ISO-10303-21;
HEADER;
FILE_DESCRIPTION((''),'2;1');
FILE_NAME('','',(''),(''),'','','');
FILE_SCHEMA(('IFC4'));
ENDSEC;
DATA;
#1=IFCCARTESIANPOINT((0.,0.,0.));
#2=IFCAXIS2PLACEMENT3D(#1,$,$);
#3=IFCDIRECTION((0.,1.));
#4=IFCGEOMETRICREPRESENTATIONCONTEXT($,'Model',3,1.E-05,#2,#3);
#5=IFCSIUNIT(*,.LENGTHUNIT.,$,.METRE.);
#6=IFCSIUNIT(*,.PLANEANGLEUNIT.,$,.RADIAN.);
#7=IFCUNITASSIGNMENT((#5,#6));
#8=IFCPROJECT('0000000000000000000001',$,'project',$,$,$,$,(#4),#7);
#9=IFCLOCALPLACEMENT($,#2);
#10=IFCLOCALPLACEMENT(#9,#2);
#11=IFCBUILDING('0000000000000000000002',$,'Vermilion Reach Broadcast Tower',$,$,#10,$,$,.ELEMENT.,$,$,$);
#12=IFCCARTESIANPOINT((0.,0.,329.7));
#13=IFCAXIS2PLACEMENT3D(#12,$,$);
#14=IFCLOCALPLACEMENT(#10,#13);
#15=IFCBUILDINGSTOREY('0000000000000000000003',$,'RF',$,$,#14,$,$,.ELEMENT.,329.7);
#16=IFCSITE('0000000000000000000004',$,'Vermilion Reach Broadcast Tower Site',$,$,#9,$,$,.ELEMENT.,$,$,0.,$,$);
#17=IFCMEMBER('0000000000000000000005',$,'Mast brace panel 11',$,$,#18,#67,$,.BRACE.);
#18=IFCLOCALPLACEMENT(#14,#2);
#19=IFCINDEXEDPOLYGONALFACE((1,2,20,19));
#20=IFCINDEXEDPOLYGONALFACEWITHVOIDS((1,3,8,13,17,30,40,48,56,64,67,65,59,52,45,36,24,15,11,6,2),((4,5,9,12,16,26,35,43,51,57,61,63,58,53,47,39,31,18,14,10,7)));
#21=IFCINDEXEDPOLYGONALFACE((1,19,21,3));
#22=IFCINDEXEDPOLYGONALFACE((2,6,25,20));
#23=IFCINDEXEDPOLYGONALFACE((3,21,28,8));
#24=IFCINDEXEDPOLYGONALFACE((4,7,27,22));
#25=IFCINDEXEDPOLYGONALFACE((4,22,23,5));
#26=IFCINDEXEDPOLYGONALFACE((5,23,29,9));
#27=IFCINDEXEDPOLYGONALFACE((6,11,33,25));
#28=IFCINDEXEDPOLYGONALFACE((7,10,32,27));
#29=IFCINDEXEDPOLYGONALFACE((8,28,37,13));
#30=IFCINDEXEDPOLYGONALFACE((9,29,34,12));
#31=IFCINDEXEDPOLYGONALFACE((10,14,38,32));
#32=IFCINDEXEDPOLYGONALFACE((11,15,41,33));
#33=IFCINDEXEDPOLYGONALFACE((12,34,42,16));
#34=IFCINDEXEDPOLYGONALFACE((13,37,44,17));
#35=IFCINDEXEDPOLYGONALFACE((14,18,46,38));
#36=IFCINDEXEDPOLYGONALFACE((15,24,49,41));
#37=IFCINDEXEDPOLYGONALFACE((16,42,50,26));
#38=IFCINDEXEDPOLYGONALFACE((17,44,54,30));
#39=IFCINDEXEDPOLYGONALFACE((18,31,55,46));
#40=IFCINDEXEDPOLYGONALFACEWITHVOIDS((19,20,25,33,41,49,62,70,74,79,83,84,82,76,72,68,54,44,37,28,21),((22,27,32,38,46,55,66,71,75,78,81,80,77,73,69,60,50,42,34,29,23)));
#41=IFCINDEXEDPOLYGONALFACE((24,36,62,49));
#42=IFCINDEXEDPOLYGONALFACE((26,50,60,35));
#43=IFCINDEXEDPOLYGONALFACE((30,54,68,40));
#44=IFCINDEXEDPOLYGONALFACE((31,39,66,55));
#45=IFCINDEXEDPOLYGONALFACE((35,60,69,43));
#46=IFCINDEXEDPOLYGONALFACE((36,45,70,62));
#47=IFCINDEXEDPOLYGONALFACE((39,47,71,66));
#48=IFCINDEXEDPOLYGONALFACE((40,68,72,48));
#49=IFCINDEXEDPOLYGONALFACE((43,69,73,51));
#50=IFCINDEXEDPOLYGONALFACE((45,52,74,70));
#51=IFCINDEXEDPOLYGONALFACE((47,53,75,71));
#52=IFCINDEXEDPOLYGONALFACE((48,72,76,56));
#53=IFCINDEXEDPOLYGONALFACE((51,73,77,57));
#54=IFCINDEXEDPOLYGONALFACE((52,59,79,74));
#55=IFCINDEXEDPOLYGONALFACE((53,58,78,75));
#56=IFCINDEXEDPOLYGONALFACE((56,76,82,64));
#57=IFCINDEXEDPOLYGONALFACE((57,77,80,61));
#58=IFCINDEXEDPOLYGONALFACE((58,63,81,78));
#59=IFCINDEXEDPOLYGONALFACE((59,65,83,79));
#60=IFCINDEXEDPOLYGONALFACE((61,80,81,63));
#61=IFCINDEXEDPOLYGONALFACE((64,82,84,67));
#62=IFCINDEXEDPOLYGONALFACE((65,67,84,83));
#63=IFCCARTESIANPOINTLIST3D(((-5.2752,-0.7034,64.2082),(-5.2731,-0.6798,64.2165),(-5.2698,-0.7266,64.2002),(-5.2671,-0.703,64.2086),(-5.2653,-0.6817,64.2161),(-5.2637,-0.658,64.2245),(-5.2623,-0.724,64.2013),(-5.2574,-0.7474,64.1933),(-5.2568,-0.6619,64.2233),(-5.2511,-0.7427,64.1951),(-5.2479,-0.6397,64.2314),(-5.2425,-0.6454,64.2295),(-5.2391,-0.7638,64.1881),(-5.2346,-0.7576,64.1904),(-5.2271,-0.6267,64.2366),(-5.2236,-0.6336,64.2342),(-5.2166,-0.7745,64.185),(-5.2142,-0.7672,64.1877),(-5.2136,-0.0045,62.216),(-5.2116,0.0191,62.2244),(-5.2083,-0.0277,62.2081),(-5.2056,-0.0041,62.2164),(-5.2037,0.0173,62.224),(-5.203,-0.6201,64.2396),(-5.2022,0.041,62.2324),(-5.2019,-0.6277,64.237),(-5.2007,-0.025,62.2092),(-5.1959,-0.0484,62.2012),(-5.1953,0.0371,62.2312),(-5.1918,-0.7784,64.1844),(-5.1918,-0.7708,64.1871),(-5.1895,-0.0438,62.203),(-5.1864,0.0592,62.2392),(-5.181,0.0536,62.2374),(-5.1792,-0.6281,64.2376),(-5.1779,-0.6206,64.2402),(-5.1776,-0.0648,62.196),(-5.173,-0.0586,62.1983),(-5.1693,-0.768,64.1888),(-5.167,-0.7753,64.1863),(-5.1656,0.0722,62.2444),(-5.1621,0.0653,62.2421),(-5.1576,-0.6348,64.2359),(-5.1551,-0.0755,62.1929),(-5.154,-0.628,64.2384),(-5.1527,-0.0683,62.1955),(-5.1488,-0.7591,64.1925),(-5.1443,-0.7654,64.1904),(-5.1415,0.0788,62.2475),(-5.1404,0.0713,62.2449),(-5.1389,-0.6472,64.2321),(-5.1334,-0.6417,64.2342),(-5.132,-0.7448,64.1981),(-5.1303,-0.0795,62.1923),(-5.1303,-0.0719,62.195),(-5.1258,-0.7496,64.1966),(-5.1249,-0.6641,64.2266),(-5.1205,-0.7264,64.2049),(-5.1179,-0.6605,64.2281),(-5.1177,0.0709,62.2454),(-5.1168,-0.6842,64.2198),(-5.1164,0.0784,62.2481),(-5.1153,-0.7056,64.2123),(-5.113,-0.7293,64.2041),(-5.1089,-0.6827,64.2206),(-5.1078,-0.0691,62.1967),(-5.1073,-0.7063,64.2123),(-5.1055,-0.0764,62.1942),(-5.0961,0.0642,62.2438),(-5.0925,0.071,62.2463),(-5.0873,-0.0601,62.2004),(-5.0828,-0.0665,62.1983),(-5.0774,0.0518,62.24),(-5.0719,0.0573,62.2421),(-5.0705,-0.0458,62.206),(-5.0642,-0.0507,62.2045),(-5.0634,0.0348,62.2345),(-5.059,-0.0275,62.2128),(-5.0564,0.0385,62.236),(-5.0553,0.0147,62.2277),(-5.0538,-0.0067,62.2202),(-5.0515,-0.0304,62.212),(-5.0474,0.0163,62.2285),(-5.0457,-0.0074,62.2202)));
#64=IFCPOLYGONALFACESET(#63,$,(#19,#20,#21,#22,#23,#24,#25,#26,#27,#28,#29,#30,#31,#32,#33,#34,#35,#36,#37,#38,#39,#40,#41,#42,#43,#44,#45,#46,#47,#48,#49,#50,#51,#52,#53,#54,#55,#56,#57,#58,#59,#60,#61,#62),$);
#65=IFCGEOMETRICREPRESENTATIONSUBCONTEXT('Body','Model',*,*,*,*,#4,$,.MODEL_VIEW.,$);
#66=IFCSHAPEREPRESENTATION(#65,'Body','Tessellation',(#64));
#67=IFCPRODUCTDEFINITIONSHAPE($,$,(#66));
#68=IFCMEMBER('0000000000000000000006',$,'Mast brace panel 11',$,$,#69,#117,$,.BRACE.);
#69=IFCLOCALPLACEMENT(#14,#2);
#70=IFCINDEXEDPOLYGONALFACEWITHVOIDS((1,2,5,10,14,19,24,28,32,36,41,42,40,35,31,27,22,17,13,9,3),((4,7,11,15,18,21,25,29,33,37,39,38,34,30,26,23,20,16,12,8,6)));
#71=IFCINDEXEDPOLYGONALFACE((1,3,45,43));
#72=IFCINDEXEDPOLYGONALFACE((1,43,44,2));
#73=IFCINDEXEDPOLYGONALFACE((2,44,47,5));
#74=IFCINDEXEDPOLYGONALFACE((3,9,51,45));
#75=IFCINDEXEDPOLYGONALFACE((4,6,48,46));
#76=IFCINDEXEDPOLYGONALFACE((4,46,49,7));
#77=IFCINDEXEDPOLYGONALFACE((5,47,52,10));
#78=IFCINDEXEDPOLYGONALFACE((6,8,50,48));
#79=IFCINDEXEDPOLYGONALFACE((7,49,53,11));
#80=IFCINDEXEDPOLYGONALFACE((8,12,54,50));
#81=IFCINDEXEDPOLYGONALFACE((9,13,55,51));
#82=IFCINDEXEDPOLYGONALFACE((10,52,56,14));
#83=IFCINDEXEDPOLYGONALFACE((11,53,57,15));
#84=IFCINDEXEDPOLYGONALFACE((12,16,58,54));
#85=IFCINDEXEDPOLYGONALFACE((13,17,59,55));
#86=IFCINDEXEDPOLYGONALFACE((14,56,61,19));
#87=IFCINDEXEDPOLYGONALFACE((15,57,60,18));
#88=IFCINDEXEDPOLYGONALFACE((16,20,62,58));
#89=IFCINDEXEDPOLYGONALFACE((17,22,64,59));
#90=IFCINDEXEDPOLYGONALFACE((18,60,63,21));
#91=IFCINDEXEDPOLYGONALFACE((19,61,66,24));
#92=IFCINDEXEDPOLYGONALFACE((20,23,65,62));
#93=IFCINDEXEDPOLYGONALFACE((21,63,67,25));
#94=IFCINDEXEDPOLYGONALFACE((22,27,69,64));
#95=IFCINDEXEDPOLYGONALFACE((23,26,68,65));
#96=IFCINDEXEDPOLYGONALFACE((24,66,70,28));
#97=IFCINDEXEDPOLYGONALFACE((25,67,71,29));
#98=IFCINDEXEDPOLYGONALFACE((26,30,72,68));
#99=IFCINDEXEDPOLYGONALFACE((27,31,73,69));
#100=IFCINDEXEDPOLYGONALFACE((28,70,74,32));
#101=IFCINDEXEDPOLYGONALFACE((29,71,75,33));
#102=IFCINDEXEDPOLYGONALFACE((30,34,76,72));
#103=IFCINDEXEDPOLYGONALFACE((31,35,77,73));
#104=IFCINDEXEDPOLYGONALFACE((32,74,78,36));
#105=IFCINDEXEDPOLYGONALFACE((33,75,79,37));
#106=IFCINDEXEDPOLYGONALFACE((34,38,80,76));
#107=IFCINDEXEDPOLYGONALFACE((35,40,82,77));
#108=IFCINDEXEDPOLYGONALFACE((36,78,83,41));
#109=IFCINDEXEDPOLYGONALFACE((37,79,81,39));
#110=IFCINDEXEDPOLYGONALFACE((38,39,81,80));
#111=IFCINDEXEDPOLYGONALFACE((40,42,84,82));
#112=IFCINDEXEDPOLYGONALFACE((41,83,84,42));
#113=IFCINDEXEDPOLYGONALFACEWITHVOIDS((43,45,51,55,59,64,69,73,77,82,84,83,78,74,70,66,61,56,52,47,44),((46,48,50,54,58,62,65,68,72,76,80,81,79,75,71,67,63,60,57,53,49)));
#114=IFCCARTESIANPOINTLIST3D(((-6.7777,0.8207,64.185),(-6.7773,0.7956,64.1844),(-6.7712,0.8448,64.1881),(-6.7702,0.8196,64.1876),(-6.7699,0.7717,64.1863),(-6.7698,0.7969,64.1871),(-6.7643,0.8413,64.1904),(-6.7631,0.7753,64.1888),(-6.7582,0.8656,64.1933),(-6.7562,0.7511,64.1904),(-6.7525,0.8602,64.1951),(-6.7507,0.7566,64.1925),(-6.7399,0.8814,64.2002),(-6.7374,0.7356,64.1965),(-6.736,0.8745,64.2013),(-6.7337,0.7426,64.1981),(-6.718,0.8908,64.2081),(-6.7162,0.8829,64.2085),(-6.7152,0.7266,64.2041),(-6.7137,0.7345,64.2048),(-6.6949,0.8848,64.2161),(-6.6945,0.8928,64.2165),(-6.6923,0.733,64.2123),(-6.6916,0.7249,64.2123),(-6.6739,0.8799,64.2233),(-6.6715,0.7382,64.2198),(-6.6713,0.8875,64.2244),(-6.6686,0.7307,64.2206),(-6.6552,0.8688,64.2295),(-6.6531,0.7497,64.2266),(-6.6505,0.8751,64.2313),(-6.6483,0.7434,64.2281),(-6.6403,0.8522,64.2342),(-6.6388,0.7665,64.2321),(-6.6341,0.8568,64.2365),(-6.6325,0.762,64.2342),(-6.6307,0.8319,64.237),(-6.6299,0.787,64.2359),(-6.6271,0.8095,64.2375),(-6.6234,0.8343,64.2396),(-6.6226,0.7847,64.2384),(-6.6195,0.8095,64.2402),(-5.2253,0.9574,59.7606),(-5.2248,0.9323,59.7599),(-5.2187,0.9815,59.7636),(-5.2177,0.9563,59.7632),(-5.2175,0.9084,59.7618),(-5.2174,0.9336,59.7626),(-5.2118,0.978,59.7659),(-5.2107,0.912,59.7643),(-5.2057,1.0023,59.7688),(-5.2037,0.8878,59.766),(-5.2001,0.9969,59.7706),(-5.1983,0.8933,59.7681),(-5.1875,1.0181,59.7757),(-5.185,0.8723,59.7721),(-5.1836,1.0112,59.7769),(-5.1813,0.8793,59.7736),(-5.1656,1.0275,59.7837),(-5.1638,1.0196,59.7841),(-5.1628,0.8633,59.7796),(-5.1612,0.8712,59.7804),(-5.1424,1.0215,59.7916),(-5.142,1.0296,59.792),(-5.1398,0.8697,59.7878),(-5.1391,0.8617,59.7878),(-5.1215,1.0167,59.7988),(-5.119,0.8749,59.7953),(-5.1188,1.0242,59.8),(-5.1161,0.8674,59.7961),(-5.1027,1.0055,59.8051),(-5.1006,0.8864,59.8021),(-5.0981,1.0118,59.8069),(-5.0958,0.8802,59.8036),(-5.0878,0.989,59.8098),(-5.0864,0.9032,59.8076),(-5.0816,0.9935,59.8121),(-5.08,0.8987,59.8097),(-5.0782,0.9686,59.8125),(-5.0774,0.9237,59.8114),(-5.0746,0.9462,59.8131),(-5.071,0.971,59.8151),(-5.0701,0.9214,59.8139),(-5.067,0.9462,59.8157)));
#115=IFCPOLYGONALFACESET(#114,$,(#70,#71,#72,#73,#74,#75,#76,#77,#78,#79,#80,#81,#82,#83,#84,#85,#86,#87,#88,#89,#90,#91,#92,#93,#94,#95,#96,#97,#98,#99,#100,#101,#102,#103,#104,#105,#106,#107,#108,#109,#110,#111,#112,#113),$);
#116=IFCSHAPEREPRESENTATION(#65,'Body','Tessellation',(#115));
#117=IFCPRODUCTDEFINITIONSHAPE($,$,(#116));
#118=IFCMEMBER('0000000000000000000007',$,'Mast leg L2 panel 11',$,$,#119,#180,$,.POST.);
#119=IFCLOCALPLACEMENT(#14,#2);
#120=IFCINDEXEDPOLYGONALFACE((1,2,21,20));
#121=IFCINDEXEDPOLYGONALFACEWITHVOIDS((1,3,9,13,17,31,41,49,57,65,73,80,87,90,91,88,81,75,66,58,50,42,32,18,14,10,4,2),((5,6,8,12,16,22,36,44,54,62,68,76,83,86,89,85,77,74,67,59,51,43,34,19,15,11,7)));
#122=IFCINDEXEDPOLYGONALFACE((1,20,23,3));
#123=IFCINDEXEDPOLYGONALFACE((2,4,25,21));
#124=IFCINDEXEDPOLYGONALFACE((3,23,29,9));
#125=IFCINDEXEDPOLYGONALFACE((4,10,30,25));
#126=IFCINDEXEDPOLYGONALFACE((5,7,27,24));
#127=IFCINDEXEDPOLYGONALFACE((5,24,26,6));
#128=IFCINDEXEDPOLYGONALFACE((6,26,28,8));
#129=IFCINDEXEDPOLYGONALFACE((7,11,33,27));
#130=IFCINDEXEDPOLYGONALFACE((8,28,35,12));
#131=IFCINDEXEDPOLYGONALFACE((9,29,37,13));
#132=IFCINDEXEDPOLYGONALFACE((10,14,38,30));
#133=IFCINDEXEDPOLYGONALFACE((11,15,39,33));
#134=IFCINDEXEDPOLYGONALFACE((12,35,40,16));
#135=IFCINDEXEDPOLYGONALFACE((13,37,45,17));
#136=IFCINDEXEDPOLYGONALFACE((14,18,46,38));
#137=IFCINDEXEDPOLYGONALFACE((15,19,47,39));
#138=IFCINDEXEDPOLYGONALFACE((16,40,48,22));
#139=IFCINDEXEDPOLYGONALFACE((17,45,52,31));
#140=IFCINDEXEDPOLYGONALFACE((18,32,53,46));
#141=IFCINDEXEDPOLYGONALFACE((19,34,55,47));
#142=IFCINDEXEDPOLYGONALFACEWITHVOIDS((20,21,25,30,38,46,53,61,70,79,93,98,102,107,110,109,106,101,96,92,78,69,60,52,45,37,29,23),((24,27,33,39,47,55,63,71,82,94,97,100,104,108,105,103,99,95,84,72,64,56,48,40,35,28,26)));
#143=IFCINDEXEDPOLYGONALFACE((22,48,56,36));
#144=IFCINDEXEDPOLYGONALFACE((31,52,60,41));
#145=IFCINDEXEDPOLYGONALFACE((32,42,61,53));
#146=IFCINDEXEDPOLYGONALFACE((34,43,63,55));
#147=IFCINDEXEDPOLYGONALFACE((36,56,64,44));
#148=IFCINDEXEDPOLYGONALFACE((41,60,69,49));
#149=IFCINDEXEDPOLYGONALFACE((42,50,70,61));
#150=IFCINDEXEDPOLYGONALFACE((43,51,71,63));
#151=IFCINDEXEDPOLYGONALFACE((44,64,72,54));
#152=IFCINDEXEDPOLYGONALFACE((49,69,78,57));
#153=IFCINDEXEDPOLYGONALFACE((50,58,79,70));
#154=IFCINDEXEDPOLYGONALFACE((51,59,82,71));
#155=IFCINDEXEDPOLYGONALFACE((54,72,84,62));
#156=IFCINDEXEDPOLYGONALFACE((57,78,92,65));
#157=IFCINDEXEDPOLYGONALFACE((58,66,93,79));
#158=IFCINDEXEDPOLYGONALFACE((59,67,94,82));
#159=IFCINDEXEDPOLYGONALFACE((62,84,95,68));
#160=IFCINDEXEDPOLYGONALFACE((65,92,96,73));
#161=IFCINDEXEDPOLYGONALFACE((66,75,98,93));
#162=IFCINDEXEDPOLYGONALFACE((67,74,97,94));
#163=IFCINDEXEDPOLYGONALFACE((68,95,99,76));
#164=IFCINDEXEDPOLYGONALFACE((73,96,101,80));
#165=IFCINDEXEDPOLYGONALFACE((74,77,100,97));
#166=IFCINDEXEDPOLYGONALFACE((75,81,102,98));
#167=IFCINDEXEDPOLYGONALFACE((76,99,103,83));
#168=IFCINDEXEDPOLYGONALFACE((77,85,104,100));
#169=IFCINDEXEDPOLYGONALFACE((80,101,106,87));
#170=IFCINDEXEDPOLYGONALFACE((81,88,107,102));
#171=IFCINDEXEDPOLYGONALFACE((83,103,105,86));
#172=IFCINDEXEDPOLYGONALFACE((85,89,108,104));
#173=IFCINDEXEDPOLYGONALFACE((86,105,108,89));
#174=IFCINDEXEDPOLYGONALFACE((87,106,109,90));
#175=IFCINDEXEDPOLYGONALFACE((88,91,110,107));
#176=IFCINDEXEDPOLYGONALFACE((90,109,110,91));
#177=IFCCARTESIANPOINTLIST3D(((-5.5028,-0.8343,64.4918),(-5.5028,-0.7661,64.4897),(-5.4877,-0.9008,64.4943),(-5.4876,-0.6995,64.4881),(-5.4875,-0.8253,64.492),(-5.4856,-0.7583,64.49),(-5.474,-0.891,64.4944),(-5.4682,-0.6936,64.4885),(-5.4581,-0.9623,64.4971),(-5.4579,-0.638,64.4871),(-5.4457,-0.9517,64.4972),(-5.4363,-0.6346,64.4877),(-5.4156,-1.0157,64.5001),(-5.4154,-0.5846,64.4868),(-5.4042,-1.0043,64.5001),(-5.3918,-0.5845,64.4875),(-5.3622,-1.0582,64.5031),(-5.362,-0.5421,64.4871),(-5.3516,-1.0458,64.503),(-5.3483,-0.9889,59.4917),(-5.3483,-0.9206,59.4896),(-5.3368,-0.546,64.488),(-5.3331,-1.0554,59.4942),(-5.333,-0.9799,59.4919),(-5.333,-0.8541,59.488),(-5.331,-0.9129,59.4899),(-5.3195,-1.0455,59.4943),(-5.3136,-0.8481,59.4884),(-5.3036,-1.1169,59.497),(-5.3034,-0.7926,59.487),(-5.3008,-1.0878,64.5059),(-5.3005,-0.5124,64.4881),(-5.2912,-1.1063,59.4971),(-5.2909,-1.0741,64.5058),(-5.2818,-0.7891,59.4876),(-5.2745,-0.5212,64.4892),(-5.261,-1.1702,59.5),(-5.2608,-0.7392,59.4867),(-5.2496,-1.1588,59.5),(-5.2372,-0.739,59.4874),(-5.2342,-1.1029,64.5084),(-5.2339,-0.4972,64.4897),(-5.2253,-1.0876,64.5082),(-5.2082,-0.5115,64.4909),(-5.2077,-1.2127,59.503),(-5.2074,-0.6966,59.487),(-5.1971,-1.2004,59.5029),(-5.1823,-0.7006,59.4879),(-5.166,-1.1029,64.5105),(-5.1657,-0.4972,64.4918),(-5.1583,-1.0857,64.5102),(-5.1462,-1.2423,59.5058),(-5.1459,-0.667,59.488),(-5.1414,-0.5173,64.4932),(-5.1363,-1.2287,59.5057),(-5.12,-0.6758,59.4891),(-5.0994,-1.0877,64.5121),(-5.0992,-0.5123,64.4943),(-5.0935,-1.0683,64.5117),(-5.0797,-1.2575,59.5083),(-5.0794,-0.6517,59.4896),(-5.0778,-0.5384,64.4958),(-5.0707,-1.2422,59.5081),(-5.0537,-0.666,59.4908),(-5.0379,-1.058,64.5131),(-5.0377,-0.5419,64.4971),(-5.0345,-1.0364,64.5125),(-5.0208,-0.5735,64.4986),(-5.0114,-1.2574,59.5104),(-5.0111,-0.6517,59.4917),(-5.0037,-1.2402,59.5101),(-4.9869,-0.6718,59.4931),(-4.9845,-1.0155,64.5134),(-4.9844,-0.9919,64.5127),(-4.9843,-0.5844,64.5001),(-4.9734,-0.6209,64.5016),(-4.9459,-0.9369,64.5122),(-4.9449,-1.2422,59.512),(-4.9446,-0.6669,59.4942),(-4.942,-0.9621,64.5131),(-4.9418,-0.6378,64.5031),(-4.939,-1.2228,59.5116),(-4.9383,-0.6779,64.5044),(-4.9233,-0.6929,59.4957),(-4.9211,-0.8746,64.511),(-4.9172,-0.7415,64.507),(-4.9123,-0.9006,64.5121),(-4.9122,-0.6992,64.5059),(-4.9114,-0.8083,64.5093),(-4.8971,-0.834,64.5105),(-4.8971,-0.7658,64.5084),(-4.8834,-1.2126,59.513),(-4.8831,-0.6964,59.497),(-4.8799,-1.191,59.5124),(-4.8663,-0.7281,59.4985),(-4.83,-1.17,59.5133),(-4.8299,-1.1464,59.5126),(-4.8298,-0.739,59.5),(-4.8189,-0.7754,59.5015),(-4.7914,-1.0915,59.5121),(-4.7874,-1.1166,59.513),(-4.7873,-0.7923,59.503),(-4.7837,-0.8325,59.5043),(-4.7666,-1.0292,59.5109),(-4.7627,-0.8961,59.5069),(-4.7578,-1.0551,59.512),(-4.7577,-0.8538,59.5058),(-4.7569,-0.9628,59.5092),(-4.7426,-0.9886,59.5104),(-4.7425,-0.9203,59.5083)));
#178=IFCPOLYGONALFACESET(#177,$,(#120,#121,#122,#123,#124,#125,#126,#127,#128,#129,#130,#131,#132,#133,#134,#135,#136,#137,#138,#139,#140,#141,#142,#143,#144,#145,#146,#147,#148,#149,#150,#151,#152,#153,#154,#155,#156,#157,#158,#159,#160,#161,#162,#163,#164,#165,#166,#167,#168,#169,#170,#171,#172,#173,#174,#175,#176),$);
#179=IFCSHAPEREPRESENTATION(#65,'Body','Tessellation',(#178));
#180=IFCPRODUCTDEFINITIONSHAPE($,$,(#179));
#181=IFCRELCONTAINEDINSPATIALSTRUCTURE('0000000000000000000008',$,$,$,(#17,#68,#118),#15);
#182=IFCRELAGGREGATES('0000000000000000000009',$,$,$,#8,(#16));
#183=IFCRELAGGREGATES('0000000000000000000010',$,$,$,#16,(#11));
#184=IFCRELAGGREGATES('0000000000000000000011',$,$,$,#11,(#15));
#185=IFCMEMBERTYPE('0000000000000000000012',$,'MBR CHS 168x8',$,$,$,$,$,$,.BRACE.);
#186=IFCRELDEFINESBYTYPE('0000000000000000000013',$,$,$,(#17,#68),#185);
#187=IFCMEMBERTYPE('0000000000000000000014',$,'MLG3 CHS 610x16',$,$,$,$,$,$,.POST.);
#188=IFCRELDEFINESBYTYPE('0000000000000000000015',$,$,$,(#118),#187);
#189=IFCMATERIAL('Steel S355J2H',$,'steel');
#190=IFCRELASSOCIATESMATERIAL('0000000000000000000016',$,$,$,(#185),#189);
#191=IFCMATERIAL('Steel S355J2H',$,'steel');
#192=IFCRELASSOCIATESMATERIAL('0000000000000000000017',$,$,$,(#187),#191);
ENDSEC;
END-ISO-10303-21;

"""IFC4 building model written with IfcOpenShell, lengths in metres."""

from ifc_helpers import new_model, si_unit, direction, frame, origin, origin_2d, place, context, subcontext, project, spatial, hollow_circle, extrude, material, material_profile, profile_set, type_object, element, save


model = new_model("IFC4")

# Units and contexts
model_context = context("Model", 3, precision=1e-05, world=origin(), true_north=direction((0.0, 1.0)))
body_context = subcontext(model_context, "Body", "Model", "MODEL_VIEW")
ifc_project = project(units=[si_unit("LENGTHUNIT", "METRE"), si_unit("PLANEANGLEUNIT", "RADIAN")], contexts=[model_context])

# Site, building, storey
site_placement = place(None, origin())
site = spatial("IfcSite", under=ifc_project, at=site_placement, Name="Vermilion Reach Broadcast Tower Site", CompositionType="ELEMENT", RefElevation=0.0)
building_placement = place(site_placement, origin())
building = spatial("IfcBuilding", under=site, at=building_placement, Name="Vermilion Reach Broadcast Tower", CompositionType="ELEMENT")
storey_placement = place(building_placement, frame((0.0, 0.0, 329.7)))
storey = spatial("IfcBuildingStorey", under=building, at=storey_placement, Name="RF", CompositionType="ELEMENT", Elevation=329.7)

# Members
ifc_material_1 = material(Name="Steel S355J2H", Category="steel")
ifc_material_profile_1 = material_profile(ifc_material_1, hollow_circle(Radius=0.0842, WallThickness=0.0081, at=origin_2d()), Name="S355J2H CHS 168x8")
ifc_profile_set_1 = profile_set([ifc_material_profile_1], Name="Steel S355J2H")
member_type_1 = type_object("IfcMemberType", Name="MBR CHS 168x8", PredefinedType="BRACE", material=ifc_profile_set_1)
member_1_placement = place(storey_placement, frame((-5.1296, 0.0, 62.2202), z_axis=(-0.029128, -0.330931, 0.943205), x_axis=(0.996149, -0.087681, 0.0)))
element("IfcMember", 1, at=member_1_placement, inside=storey, type_object=member_type_1, Name="Mast brace panel 11", PredefinedType="BRACE", context=body_context, shape_type="SweptSolid", body=[
    extrude(hollow_circle(Radius=0.0842, WallThickness=0.0081, at=origin_2d()), origin(), (0.0, 0.0, 1.0), 2.1121),
])
member_2_placement = place(storey_placement, frame((-5.1465, 0.9456, 59.7878), z_axis=(-0.33095, -0.029145, 0.943198), x_axis=(0.087725, -0.996145, 0.0)))
element("IfcMember", 2, at=member_2_placement, inside=storey, type_object=member_type_1, Name="Mast brace panel 11", PredefinedType="BRACE", context=body_context, shape_type="SweptSolid", body=[
    extrude(hollow_circle(Radius=0.0842, WallThickness=0.0081, at=origin_2d()), origin(), (0.0, 0.0, 1.0), 4.6909),
])
ifc_material_2 = material(Name="Steel S355J2H", Category="steel")
ifc_material_profile_2 = material_profile(ifc_material_2, hollow_circle(Radius=0.3049, WallThickness=0.0161, at=origin_2d()), Name="S355J2H CHS 610x16")
ifc_profile_set_2 = profile_set([ifc_material_profile_2], Name="Steel S355J2H")
member_type_2 = type_object("IfcMemberType", Name="MLG3 CHS 610x16", PredefinedType="POST", material=ifc_profile_set_2)
for number, where, z_axis, x_axis, name in (
    (3, (-5.0454, -0.9546, 59.5), (-0.030879, 0.030879, 0.999046), (-0.707107, -0.707107, 0.0), "Mast leg L2 panel 11"),
):
    element("IfcMember", number, at=place(storey_placement, frame(where, z_axis=z_axis, x_axis=x_axis)), inside=storey, type_object=member_type_2, Name=name, PredefinedType="POST", context=body_context, shape_type="SweptSolid", body=[
        extrude(hollow_circle(Radius=0.3049, WallThickness=0.0161, at=origin_2d()), origin(), (0.0, 0.0, 1.0), 5.0049),
    ])

save(model, "model.ifc")
